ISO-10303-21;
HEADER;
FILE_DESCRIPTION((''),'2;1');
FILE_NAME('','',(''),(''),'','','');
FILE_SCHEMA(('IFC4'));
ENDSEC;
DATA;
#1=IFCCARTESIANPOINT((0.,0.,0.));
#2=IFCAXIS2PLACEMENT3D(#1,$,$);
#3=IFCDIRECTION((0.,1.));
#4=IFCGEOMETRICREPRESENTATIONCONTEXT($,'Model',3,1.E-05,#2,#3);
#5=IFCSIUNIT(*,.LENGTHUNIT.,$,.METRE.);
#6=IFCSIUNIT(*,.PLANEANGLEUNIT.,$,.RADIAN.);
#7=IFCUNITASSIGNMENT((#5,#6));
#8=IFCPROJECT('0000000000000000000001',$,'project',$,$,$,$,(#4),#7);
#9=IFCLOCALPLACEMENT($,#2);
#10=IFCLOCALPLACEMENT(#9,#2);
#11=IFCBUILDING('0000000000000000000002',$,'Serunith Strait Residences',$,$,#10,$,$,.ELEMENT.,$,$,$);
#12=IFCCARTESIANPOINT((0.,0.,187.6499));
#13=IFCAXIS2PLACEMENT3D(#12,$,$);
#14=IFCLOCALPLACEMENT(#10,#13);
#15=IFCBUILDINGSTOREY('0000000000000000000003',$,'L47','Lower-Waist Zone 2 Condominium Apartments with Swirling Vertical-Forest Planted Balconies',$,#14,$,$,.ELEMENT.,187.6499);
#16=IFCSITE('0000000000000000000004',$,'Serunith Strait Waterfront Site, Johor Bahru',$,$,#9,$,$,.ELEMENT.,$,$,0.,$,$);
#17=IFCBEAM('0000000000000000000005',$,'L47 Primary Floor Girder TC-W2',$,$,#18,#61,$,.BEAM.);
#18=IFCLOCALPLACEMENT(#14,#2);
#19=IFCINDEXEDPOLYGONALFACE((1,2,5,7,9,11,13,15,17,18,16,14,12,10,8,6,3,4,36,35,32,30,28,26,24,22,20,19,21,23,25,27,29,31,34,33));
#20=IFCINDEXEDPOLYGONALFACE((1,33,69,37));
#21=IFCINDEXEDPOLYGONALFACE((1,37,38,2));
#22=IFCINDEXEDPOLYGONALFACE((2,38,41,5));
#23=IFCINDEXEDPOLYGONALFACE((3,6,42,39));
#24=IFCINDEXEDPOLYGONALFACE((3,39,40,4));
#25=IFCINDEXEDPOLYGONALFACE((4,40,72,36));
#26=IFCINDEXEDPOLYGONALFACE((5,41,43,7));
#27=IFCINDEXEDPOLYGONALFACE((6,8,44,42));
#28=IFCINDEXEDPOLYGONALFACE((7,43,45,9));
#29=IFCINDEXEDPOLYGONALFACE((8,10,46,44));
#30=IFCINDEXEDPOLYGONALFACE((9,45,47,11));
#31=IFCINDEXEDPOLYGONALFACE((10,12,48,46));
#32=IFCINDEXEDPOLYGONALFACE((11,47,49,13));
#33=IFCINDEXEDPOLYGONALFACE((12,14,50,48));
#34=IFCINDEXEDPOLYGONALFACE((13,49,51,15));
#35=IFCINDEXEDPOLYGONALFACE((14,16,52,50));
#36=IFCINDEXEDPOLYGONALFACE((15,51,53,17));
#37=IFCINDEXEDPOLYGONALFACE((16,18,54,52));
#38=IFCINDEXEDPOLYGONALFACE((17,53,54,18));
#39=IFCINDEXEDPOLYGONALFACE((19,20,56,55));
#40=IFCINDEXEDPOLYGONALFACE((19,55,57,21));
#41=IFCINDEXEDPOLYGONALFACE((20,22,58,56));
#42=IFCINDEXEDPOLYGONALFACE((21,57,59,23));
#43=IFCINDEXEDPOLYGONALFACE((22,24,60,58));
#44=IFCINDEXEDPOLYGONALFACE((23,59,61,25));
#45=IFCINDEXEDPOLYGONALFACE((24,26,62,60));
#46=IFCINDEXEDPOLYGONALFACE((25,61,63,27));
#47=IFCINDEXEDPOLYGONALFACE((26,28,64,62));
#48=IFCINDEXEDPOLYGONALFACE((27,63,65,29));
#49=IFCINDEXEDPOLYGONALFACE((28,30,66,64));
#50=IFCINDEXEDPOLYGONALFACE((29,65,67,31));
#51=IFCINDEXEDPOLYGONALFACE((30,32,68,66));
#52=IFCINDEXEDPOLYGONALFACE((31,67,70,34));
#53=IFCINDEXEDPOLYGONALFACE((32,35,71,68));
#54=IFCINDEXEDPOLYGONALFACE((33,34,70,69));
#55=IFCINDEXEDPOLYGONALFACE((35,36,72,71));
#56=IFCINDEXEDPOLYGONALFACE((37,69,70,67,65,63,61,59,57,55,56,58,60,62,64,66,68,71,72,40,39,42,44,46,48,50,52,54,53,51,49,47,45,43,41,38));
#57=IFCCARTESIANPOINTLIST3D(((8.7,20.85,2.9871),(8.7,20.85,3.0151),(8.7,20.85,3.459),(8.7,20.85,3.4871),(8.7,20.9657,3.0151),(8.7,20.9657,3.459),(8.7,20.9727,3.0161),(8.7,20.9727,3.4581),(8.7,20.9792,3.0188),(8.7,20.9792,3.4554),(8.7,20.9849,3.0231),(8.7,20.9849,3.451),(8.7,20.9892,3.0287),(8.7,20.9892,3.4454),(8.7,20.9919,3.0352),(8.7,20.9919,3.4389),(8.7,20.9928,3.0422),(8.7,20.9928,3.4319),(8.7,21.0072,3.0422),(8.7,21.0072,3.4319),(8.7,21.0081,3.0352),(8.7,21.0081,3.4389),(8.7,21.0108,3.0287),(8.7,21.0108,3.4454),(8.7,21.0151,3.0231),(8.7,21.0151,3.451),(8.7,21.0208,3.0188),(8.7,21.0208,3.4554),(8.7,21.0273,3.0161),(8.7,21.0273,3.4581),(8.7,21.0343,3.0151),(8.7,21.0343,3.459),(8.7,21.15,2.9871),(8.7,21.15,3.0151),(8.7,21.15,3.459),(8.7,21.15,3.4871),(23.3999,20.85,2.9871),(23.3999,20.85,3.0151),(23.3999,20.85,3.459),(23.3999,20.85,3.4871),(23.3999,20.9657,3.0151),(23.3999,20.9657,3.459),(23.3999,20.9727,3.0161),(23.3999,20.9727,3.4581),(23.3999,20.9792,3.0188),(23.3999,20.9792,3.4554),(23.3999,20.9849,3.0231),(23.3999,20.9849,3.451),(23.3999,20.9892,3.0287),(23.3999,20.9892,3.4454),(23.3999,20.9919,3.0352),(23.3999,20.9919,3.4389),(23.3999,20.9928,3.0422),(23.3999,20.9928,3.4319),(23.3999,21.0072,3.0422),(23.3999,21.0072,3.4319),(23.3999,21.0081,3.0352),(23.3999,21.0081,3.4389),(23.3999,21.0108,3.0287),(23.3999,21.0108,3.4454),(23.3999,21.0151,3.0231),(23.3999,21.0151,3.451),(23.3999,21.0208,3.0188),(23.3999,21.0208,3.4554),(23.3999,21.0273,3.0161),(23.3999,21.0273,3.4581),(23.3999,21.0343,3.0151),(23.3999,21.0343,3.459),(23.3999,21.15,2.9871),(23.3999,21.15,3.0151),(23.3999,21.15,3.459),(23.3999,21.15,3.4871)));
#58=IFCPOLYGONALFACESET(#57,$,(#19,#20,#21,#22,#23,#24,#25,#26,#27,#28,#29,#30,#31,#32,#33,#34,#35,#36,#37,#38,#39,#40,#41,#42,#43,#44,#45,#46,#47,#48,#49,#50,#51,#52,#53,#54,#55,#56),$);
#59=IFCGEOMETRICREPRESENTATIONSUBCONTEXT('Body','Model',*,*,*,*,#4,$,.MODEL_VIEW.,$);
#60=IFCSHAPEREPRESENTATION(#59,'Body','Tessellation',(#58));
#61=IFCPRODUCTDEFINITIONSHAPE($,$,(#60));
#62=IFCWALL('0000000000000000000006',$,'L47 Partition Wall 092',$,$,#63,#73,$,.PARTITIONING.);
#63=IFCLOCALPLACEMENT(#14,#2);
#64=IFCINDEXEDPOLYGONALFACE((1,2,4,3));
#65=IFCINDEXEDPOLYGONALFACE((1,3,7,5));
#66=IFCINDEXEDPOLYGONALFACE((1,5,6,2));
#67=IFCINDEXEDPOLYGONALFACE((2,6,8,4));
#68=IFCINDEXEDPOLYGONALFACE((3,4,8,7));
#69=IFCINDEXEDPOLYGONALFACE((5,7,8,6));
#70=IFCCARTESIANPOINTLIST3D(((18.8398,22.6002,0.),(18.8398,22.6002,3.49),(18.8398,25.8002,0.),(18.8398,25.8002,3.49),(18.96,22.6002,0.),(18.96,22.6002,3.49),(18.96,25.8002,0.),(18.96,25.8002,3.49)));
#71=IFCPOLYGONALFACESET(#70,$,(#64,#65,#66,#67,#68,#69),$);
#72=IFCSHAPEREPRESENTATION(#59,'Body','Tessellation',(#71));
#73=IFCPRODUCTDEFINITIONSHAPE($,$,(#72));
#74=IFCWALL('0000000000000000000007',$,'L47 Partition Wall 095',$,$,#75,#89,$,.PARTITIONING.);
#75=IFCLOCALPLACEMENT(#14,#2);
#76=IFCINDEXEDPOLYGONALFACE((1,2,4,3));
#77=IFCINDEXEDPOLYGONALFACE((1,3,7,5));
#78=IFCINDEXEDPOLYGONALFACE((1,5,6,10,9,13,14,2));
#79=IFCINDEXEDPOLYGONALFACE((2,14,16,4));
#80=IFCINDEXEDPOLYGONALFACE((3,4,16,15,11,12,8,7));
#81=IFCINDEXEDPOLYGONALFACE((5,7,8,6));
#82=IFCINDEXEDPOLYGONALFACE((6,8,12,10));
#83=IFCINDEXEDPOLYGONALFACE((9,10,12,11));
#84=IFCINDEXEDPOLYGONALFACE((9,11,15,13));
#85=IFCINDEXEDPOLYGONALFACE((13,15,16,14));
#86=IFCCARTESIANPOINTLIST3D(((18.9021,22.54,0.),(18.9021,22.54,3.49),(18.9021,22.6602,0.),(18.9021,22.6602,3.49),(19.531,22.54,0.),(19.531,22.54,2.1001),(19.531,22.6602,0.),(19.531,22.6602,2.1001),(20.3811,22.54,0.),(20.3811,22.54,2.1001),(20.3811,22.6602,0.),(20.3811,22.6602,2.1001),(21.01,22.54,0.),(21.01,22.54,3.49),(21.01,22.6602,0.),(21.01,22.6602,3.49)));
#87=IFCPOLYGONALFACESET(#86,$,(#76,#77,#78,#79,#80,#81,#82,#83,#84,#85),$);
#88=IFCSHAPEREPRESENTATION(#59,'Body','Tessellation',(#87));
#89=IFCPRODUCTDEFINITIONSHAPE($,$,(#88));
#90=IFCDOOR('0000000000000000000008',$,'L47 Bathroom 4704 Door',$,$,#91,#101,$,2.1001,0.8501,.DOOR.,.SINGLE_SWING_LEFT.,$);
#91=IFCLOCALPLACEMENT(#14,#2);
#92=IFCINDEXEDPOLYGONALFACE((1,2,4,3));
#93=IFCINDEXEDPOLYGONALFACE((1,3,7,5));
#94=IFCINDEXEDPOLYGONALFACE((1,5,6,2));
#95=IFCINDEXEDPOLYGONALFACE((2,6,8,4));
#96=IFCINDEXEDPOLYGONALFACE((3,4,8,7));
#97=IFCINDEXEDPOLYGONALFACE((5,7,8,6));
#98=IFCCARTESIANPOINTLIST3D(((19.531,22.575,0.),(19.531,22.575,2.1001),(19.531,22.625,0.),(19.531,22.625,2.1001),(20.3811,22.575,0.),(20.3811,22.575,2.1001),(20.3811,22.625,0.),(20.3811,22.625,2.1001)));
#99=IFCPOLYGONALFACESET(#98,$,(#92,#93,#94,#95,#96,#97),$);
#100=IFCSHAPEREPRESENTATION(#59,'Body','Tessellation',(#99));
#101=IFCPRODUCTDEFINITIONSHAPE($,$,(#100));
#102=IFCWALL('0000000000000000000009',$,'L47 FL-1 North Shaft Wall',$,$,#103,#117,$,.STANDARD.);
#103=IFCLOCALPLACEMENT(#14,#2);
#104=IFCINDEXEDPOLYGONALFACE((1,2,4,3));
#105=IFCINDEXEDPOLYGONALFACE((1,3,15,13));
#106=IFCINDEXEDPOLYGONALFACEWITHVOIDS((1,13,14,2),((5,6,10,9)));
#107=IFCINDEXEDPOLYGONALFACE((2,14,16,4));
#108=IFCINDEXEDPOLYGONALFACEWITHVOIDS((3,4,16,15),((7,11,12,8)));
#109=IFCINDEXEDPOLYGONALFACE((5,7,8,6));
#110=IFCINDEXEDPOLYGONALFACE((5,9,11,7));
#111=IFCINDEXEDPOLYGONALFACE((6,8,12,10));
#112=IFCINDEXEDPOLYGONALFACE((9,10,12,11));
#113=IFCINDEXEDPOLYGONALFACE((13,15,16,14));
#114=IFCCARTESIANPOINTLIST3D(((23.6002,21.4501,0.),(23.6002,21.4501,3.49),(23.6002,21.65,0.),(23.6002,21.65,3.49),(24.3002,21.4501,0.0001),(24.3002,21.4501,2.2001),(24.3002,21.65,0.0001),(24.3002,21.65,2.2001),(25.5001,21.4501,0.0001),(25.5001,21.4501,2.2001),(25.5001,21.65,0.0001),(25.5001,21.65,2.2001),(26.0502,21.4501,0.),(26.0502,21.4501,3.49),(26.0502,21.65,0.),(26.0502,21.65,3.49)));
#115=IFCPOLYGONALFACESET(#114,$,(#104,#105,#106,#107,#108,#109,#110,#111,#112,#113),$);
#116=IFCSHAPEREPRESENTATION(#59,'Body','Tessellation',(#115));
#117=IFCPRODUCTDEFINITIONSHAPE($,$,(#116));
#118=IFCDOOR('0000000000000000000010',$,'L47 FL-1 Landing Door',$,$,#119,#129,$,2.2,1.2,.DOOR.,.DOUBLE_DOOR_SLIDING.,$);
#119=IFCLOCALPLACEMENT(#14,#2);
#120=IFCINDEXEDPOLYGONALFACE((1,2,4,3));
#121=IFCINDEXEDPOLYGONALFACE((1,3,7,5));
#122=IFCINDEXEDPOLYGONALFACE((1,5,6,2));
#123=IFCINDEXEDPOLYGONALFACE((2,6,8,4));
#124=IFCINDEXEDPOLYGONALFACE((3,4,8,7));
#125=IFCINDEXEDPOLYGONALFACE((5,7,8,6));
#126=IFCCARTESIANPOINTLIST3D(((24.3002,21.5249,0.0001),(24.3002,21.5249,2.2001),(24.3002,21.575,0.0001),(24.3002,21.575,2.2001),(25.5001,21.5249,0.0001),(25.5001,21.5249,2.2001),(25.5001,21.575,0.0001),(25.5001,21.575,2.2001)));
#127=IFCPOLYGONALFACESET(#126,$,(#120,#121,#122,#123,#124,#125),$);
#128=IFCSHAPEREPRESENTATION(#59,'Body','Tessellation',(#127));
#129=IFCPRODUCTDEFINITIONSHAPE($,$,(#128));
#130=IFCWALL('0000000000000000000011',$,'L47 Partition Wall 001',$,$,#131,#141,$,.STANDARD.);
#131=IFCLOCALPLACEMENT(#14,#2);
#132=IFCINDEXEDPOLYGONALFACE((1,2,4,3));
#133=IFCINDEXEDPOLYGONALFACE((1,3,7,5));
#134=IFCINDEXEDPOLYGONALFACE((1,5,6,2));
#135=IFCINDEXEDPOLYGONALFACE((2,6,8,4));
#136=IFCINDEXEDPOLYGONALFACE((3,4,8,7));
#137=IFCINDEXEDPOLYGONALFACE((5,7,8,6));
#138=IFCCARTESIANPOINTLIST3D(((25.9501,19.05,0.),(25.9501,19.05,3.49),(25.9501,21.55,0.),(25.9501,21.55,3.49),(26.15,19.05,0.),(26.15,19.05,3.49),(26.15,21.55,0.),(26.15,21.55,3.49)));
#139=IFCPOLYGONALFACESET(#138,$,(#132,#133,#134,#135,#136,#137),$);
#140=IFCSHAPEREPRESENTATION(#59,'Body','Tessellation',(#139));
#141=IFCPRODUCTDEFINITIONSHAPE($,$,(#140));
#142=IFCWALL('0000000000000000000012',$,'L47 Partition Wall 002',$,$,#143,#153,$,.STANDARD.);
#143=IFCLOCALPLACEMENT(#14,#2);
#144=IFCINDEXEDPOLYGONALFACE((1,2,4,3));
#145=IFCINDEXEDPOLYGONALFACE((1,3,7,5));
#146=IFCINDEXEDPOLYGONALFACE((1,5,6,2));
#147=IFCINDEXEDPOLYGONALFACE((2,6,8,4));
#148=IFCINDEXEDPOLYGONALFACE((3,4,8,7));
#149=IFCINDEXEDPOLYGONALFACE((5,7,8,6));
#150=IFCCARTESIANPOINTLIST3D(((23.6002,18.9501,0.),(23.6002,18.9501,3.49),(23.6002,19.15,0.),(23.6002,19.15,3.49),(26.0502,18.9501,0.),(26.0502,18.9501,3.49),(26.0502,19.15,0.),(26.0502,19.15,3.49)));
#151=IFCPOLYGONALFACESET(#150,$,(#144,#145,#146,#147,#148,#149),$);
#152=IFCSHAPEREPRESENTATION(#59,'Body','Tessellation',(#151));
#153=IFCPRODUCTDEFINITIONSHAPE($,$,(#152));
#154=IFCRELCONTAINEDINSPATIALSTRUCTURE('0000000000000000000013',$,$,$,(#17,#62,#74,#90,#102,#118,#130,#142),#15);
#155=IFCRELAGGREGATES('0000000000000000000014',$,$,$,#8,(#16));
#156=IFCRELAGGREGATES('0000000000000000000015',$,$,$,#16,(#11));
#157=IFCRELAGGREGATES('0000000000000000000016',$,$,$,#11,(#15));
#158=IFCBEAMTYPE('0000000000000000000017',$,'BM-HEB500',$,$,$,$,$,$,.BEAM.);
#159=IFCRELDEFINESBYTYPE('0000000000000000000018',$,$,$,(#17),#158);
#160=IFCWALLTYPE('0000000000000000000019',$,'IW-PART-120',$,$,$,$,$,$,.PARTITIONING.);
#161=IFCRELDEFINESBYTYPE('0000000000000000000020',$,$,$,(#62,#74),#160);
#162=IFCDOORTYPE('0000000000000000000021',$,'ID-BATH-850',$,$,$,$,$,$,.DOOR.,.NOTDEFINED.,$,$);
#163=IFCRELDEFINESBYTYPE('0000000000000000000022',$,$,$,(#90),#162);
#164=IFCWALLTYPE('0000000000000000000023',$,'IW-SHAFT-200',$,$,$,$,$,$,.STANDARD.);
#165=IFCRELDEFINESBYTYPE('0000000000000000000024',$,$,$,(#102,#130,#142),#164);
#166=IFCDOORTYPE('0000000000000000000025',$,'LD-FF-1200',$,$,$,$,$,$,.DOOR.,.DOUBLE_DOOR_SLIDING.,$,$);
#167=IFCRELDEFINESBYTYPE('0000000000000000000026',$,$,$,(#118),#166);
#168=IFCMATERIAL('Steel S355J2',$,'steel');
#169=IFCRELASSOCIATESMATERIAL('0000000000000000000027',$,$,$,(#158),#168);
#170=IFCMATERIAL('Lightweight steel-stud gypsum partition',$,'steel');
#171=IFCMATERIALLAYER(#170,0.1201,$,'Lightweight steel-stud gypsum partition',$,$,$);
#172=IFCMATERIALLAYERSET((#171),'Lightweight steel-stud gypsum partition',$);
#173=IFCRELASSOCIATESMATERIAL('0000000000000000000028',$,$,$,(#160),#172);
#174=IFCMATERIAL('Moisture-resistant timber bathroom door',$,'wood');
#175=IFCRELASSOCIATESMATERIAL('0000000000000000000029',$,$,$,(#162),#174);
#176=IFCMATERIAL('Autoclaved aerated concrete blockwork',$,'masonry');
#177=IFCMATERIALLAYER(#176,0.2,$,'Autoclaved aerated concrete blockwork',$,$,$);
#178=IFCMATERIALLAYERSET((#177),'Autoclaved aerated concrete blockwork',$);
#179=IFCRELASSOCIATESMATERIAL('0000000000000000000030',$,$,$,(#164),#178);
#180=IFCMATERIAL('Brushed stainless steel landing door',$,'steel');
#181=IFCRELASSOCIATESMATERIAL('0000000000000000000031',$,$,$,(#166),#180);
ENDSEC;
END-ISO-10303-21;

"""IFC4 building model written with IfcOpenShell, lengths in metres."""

from ifc_helpers import new_model, si_unit, direction, frame, frame_2d, origin, origin_2d, place, context, subcontext, project, spatial, rectangle, i_section, extrude, source, transform, mapped, material, layer, layer_set, material_profile, profile_set, type_object, element, fill, save


model = new_model("IFC4")

# Units and contexts
model_context = context("Model", 3, precision=1e-05, world=origin(), true_north=direction((0.0, 1.0)))
body_context = subcontext(model_context, "Body", "Model", "MODEL_VIEW")
ifc_project = project(units=[si_unit("LENGTHUNIT", "METRE"), si_unit("PLANEANGLEUNIT", "RADIAN")], contexts=[model_context])

# Site, building, storey
site_placement = place(None, origin())
site = spatial("IfcSite", under=ifc_project, at=site_placement, Name="Serunith Strait Waterfront Site, Johor Bahru", CompositionType="ELEMENT", RefElevation=0.0)
building_placement = place(site_placement, origin())
building = spatial("IfcBuilding", under=site, at=building_placement, Name="Serunith Strait Residences", CompositionType="ELEMENT")
storey_placement = place(building_placement, frame((0.0, 0.0, 187.6499)))
storey = spatial("IfcBuildingStorey", under=building, at=storey_placement, Name="L47", Description="Lower-Waist Zone 2 Condominium Apartments with Swirling Vertical-Forest Planted Balconies", CompositionType="ELEMENT", Elevation=187.6499)

# Beam
ifc_material_1 = material(Name="Steel S355J2", Category="steel")
ifc_material_profile = material_profile(ifc_material_1, i_section(OverallWidth=0.3, OverallDepth=0.5, WebThickness=0.0144, FlangeThickness=0.0281, FilletRadius=0.0271, at=origin_2d()), Name="HEB 500")
ifc_profile_set = profile_set([ifc_material_profile], Name="Steel S355J2")
beam_type = type_object("IfcBeamType", Name="BM-HEB500", PredefinedType="BEAM", material=ifc_profile_set)
shared_shape_1 = source(origin(), body_context, "Body", "SweptSolid", [
    extrude(i_section(OverallWidth=0.3, OverallDepth=0.5, WebThickness=0.0144, FlangeThickness=0.0281, FilletRadius=0.0271, at=origin_2d()), origin(), (0.0, 0.0, 1.0), 14.7),
])
beam_placement = place(storey_placement, frame((23.3999, 21.0, 3.2371), z_axis=(-1.0, 0.0, 0.0), x_axis=(0.0, -1.0, 0.0)))
element("IfcBeam", 1, at=beam_placement, inside=storey, type_object=beam_type, Name="L47 Primary Floor Girder TC-W2", PredefinedType="BEAM", context=body_context, shape_type="MappedRepresentation", body=[
    mapped(shared_shape_1, transform((0.0, 0.0, 0.0), scale=1.0)),
])

# Wall
ifc_material_2 = material(Name="Lightweight steel-stud gypsum partition", Category="steel")
ifc_layer_1 = layer(ifc_material_2, 0.1201, Name="Lightweight steel-stud gypsum partition")
ifc_layer_set_1 = layer_set([ifc_layer_1], Name="Lightweight steel-stud gypsum partition")
wall_type_1 = type_object("IfcWallType", Name="IW-PART-120", PredefinedType="PARTITIONING", material=ifc_layer_set_1)
wall_1_placement = place(storey_placement, frame((18.8999, 22.6001, 0.0), z_axis=(0.0, 0.0, 1.0), x_axis=(0.0, 1.0, 0.0)))
element("IfcWall", 2, at=wall_1_placement, inside=storey, type_object=wall_type_1, Name="L47 Partition Wall 092", PredefinedType="PARTITIONING", context=body_context, shape_type="SweptSolid", body=[
    extrude(rectangle(XDim=3.2, YDim=0.1201, at=frame_2d((1.6001, 0.0))), origin(), (0.0, 0.0, 1.0), 3.49),
])

# Walls, openings, doors
wall_2_placement = place(storey_placement, frame((18.9021, 22.6001, 0.0), z_axis=(0.0, 0.0, 1.0), x_axis=(1.0, 0.0, 0.0)))
wall_2 = element("IfcWall", 3, at=wall_2_placement, inside=storey, type_object=wall_type_1, Name="L47 Partition Wall 095", PredefinedType="PARTITIONING", context=body_context, shape_type="SweptSolid", body=[
    extrude(rectangle(XDim=2.1079, YDim=0.1201, at=frame_2d((1.054, 0.0))), origin(), (0.0, 0.0, 1.0), 3.49),
])
opening_1_placement = place(wall_2_placement, frame((0.6289, 0.0, 0.0)))
opening_1 = element("IfcOpeningElement", 4, at=opening_1_placement, cuts=wall_2, PredefinedType="OPENING", context=body_context, shape_type="SweptSolid", body=[
    extrude(rectangle(XDim=0.8501, YDim=2.1001, at=frame_2d((0.425, 1.05))), frame((0.0, 0.0701, 0.0), z_axis=(0.0, -1.0, 0.0), x_axis=(1.0, 0.0, 0.0)), (0.0, 0.0, 1.0), 0.1401),
])
ifc_material_3 = material(Name="Moisture-resistant timber bathroom door", Category="wood")
door_type_1 = type_object("IfcDoorType", Name="ID-BATH-850", OperationType="NOTDEFINED", PredefinedType="DOOR", material=ifc_material_3)
shared_shape_2 = source(origin(), body_context, "Body", "SweptSolid", [
    extrude(rectangle(XDim=0.8501, YDim=2.1001, at=frame_2d((0.425, 1.05))), frame((0.0, 0.0249, 0.0), z_axis=(0.0, -1.0, 0.0), x_axis=(1.0, 0.0, 0.0)), (0.0, 0.0, 1.0), 0.05),
])
door_1_placement = place(opening_1_placement, origin())
door_1 = element("IfcDoor", 5, at=door_1_placement, inside=storey, type_object=door_type_1, Name="L47 Bathroom 4704 Door", OperationType="SINGLE_SWING_LEFT", OverallHeight=2.1001, OverallWidth=0.8501, PredefinedType="DOOR", context=body_context, shape_type="MappedRepresentation", body=[
    mapped(shared_shape_2, transform((0.0, 0.0, 0.0), scale=1.0)),
])
fill(opening_1, door_1)
ifc_material_4 = material(Name="Autoclaved aerated concrete blockwork", Category="masonry")
ifc_layer_2 = layer(ifc_material_4, 0.2, Name="Autoclaved aerated concrete blockwork")
ifc_layer_set_2 = layer_set([ifc_layer_2], Name="Autoclaved aerated concrete blockwork")
wall_type_2 = type_object("IfcWallType", Name="IW-SHAFT-200", PredefinedType="STANDARD", material=ifc_layer_set_2)
wall_3_placement = place(storey_placement, frame((23.6001, 21.55, 0.0), z_axis=(0.0, 0.0, 1.0), x_axis=(1.0, 0.0, 0.0)))
wall_3 = element("IfcWall", 6, at=wall_3_placement, inside=storey, type_object=wall_type_2, Name="L47 FL-1 North Shaft Wall", PredefinedType="STANDARD", context=body_context, shape_type="SweptSolid", body=[
    extrude(rectangle(XDim=2.45, YDim=0.2, at=frame_2d((1.2251, 0.0))), origin(), (0.0, 0.0, 1.0), 3.49),
])
opening_2_placement = place(wall_3_placement, frame((0.7, 0.0, 0.0)))
opening_2 = element("IfcOpeningElement", 7, at=opening_2_placement, cuts=wall_3, PredefinedType="OPENING", context=body_context, shape_type="SweptSolid", body=[
    extrude(rectangle(XDim=1.2, YDim=2.2, at=frame_2d((0.6001, 1.1001))), frame((0.0, 0.1099, 0.0), z_axis=(0.0, -1.0, 0.0), x_axis=(1.0, 0.0, 0.0)), (0.0, 0.0, 1.0), 0.22),
])
ifc_material_5 = material(Name="Brushed stainless steel landing door", Category="steel")
door_type_2 = type_object("IfcDoorType", Name="LD-FF-1200", OperationType="DOUBLE_DOOR_SLIDING", PredefinedType="DOOR", material=ifc_material_5)
shared_shape_3 = source(origin(), body_context, "Body", "SweptSolid", [
    extrude(rectangle(XDim=1.2, YDim=2.2, at=frame_2d((0.6001, 1.1001))), frame((0.0, 0.0249, 0.0), z_axis=(0.0, -1.0, 0.0), x_axis=(1.0, 0.0, 0.0)), (0.0, 0.0, 1.0), 0.05),
])
door_2_placement = place(opening_2_placement, origin())
door_2 = element("IfcDoor", 8, at=door_2_placement, inside=storey, type_object=door_type_2, Name="L47 FL-1 Landing Door", OperationType="DOUBLE_DOOR_SLIDING", OverallHeight=2.2, OverallWidth=1.2, PredefinedType="DOOR", context=body_context, shape_type="MappedRepresentation", body=[
    mapped(shared_shape_3, transform((0.0, 0.0, 0.0), scale=1.0)),
])
fill(opening_2, door_2)

# Walls
wall_4_placement = place(storey_placement, frame((26.05, 19.05, 0.0), z_axis=(0.0, 0.0, 1.0), x_axis=(0.0, 1.0, 0.0)))
element("IfcWall", 9, at=wall_4_placement, inside=storey, type_object=wall_type_2, Name="L47 Partition Wall 001", PredefinedType="STANDARD", context=body_context, shape_type="SweptSolid", body=[
    extrude(rectangle(XDim=2.5, YDim=0.2, at=frame_2d((1.25, 0.0))), origin(), (0.0, 0.0, 1.0), 3.49),
])
wall_5_placement = place(storey_placement, frame((23.6001, 19.05, 0.0), z_axis=(0.0, 0.0, 1.0), x_axis=(1.0, 0.0, 0.0)))
element("IfcWall", 10, at=wall_5_placement, inside=storey, type_object=wall_type_2, Name="L47 Partition Wall 002", PredefinedType="STANDARD", context=body_context, shape_type="SweptSolid", body=[
    extrude(rectangle(XDim=2.45, YDim=0.2, at=frame_2d((1.2251, 0.0))), origin(), (0.0, 0.0, 1.0), 3.49),
])

save(model, "model.ifc")
